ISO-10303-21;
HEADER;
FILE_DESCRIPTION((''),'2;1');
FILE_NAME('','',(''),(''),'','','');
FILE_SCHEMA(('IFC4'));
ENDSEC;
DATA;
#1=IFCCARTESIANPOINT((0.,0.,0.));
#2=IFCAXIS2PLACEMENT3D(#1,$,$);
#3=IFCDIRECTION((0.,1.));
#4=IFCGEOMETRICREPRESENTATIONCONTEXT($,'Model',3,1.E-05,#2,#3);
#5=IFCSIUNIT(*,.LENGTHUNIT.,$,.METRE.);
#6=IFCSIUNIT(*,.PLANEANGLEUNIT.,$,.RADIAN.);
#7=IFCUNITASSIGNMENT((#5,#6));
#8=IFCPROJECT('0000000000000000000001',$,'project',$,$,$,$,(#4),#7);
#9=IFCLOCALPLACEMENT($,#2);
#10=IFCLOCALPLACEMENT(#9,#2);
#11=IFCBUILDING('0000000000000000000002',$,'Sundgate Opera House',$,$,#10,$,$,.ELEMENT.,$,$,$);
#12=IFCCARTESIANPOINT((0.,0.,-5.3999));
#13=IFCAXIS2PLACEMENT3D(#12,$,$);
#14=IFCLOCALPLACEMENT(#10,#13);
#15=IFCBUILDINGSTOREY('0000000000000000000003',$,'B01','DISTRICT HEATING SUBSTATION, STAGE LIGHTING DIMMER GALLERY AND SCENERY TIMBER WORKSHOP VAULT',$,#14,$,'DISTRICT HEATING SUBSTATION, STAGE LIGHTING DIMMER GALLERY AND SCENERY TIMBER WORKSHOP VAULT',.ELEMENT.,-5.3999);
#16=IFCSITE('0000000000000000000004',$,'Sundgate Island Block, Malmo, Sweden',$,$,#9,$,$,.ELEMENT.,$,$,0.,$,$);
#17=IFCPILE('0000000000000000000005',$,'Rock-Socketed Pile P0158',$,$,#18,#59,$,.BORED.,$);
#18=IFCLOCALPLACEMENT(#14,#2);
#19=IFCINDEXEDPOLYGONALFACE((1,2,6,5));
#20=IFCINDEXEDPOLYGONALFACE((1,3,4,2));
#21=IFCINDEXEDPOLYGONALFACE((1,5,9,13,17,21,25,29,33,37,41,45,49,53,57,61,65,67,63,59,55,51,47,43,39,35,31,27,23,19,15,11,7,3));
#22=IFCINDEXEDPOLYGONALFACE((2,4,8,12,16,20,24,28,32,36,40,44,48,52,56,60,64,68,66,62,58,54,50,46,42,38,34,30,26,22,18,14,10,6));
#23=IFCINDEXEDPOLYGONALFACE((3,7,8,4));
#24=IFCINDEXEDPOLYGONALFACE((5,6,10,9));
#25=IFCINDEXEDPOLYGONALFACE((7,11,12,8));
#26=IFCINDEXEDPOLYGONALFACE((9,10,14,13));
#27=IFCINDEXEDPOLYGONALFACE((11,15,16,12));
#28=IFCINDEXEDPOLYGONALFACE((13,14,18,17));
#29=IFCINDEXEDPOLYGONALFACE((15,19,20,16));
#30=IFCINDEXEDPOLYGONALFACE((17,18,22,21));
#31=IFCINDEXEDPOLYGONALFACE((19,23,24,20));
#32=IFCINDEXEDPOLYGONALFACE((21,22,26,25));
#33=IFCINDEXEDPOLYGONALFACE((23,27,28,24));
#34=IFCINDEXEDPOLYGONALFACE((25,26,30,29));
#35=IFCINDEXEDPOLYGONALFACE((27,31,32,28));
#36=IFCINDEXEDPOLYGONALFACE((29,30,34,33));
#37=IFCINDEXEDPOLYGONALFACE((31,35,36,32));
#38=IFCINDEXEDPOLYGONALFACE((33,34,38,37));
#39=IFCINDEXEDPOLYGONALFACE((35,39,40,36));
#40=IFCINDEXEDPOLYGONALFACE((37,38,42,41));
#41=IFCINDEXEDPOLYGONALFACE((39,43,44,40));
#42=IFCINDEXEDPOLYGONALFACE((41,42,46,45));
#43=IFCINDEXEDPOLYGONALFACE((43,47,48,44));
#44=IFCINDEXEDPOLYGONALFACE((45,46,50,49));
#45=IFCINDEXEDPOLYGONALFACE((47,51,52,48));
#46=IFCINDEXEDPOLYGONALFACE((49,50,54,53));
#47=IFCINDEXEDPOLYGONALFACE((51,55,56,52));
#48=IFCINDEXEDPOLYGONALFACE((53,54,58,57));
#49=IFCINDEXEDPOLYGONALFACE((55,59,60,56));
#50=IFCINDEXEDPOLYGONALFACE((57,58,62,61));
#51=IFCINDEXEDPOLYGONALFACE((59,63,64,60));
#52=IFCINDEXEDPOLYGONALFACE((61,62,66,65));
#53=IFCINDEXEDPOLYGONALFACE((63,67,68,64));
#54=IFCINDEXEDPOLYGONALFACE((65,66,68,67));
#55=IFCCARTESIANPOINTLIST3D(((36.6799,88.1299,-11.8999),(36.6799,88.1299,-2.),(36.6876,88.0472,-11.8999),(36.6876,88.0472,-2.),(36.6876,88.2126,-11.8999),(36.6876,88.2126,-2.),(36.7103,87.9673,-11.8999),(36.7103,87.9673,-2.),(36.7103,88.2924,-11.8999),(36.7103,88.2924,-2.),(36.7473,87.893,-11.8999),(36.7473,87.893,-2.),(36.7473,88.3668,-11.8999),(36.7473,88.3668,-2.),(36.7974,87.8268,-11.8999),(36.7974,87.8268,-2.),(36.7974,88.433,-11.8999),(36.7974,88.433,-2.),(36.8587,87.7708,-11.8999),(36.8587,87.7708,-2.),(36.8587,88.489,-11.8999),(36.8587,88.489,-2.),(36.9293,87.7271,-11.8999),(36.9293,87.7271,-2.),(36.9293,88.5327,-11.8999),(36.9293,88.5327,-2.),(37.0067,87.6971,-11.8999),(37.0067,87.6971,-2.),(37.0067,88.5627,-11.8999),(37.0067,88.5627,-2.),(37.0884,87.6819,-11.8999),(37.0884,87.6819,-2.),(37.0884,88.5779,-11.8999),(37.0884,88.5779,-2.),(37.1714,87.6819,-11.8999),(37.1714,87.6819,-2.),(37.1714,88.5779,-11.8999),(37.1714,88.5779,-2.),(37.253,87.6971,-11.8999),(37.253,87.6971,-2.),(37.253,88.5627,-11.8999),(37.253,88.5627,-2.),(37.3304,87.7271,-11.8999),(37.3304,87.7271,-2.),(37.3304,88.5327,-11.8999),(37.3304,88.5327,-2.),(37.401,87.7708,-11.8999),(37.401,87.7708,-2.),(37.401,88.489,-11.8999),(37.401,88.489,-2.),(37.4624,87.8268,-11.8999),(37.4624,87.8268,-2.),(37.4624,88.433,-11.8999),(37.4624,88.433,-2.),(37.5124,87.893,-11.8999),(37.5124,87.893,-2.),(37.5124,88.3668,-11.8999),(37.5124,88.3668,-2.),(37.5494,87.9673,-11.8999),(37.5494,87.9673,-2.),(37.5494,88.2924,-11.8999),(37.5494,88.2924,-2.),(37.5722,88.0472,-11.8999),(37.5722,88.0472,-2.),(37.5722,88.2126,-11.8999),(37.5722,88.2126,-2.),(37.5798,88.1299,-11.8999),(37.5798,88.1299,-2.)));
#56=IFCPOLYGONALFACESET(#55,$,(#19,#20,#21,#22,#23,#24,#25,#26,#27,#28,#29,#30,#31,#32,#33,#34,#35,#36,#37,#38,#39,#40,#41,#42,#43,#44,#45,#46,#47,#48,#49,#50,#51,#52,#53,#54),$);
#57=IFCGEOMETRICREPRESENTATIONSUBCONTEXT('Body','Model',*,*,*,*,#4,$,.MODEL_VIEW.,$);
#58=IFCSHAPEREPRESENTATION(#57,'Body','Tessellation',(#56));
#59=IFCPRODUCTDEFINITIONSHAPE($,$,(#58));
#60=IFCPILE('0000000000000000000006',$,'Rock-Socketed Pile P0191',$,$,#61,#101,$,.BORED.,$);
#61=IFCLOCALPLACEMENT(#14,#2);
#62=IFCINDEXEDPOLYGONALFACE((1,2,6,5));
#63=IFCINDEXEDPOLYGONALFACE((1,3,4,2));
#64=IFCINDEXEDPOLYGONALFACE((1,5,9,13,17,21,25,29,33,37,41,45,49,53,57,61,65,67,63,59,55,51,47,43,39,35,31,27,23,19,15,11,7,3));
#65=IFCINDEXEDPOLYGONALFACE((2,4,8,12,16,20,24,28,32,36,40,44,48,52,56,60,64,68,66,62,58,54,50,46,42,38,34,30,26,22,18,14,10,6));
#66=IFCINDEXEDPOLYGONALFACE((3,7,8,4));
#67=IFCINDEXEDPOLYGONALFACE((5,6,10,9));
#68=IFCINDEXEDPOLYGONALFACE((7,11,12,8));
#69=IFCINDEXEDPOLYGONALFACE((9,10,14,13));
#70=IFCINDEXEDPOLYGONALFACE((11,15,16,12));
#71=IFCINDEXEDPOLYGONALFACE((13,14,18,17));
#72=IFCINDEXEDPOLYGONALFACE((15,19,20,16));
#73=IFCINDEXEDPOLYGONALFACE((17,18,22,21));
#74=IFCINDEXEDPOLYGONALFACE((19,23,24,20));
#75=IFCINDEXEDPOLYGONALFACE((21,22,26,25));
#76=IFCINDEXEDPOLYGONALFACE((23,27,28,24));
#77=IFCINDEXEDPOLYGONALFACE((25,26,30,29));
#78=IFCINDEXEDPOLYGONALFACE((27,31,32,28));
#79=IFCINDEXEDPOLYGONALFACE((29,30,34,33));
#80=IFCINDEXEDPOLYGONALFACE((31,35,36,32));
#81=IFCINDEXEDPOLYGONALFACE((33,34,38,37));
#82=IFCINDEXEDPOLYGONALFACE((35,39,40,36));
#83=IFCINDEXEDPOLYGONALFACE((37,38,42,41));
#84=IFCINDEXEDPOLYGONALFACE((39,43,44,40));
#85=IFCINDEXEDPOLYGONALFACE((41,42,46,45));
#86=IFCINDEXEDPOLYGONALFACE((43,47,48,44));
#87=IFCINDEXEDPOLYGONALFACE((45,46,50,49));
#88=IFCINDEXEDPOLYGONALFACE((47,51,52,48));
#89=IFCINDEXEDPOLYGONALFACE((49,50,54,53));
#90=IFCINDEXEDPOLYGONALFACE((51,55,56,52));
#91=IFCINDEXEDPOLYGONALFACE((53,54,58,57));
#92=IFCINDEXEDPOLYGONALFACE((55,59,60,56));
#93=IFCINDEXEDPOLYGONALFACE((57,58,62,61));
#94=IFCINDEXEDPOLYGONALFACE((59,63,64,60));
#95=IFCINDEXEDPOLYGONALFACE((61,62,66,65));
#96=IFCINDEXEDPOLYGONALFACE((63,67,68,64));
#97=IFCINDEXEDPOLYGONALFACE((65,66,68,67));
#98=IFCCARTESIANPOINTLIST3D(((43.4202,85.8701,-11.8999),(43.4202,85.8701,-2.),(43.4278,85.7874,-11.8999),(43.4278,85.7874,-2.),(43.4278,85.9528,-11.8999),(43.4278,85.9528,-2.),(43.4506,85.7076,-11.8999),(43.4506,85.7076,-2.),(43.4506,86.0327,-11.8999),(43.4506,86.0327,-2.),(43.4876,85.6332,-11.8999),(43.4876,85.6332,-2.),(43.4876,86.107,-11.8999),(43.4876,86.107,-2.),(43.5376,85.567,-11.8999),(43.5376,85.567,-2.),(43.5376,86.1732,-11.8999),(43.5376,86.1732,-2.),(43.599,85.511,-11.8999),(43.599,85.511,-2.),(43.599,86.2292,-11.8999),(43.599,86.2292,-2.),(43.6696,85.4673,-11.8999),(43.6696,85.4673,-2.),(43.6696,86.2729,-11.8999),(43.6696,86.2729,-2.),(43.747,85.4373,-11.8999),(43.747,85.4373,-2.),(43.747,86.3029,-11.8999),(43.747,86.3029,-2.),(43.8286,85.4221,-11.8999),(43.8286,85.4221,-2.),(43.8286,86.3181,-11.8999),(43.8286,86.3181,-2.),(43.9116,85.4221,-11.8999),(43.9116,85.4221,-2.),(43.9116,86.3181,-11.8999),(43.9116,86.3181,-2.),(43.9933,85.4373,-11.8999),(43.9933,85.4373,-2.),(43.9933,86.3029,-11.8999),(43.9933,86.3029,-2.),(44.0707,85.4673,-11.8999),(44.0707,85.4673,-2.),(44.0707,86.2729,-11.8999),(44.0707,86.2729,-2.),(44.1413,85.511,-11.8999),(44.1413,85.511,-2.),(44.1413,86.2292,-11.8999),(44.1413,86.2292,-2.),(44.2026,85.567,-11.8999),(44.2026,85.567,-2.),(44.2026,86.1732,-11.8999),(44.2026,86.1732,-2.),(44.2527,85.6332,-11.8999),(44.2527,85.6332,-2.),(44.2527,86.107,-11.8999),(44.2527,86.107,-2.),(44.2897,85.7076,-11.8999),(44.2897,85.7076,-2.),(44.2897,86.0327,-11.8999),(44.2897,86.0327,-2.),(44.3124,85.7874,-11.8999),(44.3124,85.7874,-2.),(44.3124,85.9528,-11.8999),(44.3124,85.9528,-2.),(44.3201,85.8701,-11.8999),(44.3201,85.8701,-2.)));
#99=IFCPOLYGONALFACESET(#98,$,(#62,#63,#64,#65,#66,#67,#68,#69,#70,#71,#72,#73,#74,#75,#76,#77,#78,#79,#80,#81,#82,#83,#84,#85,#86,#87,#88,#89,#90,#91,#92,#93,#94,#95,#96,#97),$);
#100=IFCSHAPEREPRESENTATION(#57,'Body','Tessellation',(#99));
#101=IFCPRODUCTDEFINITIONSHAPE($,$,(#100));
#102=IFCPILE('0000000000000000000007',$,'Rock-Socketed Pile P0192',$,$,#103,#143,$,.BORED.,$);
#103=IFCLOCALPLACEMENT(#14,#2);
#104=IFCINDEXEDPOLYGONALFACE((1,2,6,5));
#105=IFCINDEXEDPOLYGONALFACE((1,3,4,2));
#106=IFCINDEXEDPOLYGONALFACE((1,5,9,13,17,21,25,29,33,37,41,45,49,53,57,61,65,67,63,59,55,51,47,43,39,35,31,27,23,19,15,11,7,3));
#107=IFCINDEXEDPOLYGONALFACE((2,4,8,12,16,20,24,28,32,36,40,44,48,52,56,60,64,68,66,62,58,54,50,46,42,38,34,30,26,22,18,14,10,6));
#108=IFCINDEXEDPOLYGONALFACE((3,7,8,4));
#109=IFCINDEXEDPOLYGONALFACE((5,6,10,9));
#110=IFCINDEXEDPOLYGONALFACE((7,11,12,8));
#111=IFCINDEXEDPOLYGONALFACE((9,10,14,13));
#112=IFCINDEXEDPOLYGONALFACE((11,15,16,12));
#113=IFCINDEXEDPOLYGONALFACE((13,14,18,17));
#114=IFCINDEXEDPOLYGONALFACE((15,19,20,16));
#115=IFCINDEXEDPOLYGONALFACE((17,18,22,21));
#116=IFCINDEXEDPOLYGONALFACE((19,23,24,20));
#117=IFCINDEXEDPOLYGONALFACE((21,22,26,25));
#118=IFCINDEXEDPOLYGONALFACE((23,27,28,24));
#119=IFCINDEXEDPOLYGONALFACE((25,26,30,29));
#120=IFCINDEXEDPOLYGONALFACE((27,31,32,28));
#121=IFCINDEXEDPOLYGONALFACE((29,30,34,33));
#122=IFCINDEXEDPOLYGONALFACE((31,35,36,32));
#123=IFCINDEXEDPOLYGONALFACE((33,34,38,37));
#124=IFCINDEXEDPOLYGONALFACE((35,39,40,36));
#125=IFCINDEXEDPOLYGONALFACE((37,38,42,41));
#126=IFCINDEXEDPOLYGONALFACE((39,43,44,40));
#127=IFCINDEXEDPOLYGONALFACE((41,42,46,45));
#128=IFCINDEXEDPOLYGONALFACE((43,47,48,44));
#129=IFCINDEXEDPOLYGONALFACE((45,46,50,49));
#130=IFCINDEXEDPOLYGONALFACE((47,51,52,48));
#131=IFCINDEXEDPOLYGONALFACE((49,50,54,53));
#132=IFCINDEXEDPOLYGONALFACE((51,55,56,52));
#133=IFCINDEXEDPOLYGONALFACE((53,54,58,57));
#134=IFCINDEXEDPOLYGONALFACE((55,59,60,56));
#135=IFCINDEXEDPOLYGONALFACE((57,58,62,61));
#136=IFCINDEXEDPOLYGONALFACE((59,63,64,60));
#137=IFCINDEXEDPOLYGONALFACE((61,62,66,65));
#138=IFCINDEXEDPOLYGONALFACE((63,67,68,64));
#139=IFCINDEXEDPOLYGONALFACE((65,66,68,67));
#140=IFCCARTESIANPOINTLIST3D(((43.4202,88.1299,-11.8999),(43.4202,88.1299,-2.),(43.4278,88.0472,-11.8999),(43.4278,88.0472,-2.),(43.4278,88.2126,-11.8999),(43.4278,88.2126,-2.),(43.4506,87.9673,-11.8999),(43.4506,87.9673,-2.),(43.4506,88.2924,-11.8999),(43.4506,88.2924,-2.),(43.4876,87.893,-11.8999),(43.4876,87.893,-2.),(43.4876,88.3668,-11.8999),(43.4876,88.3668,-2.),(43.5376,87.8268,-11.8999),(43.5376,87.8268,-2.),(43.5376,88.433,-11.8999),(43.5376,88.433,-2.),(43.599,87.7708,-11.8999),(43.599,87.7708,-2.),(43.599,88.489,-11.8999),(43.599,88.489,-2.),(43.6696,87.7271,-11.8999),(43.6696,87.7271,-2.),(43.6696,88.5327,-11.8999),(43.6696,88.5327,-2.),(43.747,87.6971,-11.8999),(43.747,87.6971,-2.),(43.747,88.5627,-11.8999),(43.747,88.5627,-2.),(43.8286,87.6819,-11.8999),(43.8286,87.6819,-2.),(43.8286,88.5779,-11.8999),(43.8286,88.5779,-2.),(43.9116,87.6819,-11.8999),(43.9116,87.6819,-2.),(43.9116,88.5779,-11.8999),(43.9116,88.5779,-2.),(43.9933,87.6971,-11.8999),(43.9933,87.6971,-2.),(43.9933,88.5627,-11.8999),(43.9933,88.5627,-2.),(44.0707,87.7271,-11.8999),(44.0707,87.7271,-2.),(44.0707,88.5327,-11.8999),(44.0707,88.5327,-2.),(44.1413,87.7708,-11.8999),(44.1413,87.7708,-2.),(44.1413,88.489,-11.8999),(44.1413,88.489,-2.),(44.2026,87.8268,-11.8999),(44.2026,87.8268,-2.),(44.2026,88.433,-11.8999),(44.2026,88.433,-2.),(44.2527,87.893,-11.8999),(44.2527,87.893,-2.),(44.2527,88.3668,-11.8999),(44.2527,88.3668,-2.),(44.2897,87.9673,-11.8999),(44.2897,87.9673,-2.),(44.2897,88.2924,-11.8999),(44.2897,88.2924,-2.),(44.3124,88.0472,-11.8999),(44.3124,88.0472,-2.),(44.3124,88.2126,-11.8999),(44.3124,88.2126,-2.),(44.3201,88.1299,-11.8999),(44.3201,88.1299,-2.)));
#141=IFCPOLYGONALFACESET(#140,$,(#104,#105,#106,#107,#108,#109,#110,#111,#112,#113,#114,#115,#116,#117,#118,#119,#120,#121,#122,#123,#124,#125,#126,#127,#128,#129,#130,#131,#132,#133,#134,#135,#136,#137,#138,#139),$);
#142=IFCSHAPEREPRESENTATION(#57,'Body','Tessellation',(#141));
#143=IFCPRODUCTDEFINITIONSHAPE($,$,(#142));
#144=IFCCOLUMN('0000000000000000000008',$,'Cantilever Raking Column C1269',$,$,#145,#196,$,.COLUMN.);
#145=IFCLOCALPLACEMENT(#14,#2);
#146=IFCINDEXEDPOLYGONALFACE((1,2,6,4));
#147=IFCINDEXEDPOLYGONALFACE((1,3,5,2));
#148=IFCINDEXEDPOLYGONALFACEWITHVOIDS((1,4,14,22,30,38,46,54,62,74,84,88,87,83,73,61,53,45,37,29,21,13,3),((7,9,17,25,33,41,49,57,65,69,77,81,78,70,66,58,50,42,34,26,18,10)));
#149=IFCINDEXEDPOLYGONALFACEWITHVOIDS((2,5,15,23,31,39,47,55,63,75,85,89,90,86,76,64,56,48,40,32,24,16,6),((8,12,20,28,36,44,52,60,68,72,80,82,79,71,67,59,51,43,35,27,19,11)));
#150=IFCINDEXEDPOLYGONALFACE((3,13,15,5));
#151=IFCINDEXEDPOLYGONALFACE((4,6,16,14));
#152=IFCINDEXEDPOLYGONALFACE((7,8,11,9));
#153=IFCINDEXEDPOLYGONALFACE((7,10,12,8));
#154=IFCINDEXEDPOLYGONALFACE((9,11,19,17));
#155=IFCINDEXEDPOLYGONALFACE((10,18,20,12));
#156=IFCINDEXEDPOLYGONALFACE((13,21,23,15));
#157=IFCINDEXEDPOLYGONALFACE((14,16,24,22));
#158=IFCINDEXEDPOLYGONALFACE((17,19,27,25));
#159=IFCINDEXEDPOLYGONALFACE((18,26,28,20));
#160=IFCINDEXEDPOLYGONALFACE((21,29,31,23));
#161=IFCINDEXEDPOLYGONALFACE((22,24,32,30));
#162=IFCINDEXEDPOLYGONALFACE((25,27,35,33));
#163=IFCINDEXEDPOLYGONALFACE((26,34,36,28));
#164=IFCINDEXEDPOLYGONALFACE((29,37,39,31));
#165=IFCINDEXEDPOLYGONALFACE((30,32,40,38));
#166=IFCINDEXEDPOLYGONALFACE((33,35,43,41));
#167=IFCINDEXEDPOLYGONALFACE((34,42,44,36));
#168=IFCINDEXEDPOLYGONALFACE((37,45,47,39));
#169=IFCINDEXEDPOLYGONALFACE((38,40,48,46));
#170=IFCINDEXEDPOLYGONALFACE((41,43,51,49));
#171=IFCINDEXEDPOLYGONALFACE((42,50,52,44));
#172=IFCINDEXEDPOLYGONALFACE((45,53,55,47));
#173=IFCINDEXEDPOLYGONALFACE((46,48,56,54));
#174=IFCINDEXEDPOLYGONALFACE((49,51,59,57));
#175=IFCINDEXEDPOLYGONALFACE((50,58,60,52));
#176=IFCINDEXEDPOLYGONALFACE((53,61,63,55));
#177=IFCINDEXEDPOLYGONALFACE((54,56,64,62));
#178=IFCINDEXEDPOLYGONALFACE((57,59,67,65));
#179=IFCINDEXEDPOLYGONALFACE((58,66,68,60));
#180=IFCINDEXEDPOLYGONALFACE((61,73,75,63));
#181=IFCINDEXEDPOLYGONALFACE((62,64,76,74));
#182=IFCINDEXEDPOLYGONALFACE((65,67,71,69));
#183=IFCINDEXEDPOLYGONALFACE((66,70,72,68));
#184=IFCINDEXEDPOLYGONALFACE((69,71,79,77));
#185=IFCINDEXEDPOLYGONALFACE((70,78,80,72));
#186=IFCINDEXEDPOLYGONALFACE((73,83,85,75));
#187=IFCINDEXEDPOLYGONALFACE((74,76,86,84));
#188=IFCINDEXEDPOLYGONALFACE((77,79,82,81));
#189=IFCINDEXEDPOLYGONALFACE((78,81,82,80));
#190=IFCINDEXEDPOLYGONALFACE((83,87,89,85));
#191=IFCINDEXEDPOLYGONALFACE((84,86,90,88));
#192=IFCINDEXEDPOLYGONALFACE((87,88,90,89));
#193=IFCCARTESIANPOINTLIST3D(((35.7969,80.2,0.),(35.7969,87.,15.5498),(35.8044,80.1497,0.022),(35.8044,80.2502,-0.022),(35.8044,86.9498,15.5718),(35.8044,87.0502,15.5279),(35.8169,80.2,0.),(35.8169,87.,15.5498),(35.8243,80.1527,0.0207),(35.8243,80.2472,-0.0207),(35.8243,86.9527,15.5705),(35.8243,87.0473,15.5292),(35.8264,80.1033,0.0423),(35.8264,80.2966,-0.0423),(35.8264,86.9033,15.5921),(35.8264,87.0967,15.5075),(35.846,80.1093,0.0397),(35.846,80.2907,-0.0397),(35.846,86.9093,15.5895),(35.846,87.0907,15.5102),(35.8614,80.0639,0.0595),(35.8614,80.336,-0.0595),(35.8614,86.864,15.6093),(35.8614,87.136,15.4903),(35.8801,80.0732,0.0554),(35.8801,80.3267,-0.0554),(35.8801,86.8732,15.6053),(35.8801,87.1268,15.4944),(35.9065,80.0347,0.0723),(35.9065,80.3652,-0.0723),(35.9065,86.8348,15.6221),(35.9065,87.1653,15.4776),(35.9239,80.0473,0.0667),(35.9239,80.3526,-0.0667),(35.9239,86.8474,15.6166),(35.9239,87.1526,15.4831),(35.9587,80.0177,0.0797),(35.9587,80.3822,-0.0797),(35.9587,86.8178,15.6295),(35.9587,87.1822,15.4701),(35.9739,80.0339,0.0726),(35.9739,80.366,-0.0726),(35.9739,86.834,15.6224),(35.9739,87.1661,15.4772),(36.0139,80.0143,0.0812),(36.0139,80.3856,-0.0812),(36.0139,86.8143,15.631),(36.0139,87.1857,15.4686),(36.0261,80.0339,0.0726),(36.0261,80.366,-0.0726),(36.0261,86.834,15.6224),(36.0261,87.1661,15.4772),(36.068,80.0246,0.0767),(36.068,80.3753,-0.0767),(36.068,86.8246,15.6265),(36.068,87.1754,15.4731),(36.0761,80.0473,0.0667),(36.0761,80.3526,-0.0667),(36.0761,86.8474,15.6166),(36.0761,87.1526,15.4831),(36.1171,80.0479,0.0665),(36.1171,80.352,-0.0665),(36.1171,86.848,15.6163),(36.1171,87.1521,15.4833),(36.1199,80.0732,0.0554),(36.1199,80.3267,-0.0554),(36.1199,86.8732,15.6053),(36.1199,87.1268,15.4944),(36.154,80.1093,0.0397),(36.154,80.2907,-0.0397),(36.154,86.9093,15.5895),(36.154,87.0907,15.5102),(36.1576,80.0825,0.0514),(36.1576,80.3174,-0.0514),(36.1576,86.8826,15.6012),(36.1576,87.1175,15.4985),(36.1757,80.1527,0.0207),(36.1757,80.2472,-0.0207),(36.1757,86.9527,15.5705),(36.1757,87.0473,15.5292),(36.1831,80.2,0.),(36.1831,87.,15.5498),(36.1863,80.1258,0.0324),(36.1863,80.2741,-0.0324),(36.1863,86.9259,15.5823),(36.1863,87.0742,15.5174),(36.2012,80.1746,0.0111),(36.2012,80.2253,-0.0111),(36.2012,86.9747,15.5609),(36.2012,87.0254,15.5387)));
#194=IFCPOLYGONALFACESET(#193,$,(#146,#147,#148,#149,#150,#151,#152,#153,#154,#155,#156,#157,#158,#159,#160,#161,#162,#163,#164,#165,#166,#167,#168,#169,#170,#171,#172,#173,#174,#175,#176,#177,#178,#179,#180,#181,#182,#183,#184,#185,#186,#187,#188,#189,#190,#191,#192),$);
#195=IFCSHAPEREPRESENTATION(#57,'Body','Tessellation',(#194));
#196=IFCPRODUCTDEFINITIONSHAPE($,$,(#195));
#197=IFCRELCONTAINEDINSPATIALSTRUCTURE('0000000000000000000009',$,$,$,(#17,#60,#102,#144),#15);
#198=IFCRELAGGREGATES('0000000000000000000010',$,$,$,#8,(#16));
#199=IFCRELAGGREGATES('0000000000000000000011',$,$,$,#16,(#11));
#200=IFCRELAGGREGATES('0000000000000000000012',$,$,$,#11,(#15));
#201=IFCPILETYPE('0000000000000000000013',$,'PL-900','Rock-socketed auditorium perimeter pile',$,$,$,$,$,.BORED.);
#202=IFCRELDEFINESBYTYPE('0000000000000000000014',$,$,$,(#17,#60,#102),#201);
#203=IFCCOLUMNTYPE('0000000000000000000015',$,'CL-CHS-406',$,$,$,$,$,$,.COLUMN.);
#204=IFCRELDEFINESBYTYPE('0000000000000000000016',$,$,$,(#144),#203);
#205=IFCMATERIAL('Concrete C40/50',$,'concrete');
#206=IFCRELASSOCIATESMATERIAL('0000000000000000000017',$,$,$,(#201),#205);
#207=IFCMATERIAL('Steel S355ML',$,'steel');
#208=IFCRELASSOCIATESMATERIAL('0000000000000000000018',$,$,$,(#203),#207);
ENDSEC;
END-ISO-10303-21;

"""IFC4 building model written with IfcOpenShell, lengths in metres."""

from ifc_helpers import new_model, si_unit, direction, frame, origin, origin_2d, place, context, subcontext, project, spatial, circle, hollow_circle, extrude, material, material_profile, profile_set, type_object, element, save


model = new_model("IFC4")

# Units and contexts
model_context = context("Model", 3, precision=1e-05, world=origin(), true_north=direction((0.0, 1.0)))
body_context = subcontext(model_context, "Body", "Model", "MODEL_VIEW")
ifc_project = project(units=[si_unit("LENGTHUNIT", "METRE"), si_unit("PLANEANGLEUNIT", "RADIAN")], contexts=[model_context])

# Site, building, storey
site_placement = place(None, origin())
site = spatial("IfcSite", under=ifc_project, at=site_placement, Name="Sundgate Island Block, Malmo, Sweden", CompositionType="ELEMENT", RefElevation=0.0)
building_placement = place(site_placement, origin())
building = spatial("IfcBuilding", under=site, at=building_placement, Name="Sundgate Opera House", CompositionType="ELEMENT")
storey_placement = place(building_placement, frame((0.0, 0.0, -5.3999)))
storey = spatial("IfcBuildingStorey", under=building, at=storey_placement, Name="B01", Description="DISTRICT HEATING SUBSTATION, STAGE LIGHTING DIMMER GALLERY AND SCENERY TIMBER WORKSHOP VAULT", LongName="DISTRICT HEATING SUBSTATION, STAGE LIGHTING DIMMER GALLERY AND SCENERY TIMBER WORKSHOP VAULT", CompositionType="ELEMENT", Elevation=-5.3999)

# Piles
ifc_material_1 = material(Name="Concrete C40/50", Category="concrete")
ifc_material_profile_1 = material_profile(ifc_material_1, circle(Radius=0.45, at=origin_2d()), Name="PILE D900")
ifc_profile_set_1 = profile_set([ifc_material_profile_1], Name="Concrete C40/50")
pile_type_1 = type_object("IfcPileType", Name="PL-900", Description="Rock-socketed auditorium perimeter pile", PredefinedType="BORED", material=ifc_profile_set_1)
for number, where, z_axis, x_axis, name in (
    (1, (37.1299, 88.1299, -2.0), (0.0, 0.0, -1.0), (1.0, 0.0, 0.0), "Rock-Socketed Pile P0158"),
    (2, (43.8701, 85.8701, -2.0), (0.0, 0.0, -1.0), (1.0, 0.0, 0.0), "Rock-Socketed Pile P0191"),
    (3, (43.8701, 88.1299, -2.0), (0.0, 0.0, -1.0), (1.0, 0.0, 0.0), "Rock-Socketed Pile P0192"),
):
    element("IfcPile", number, at=place(storey_placement, frame(where, z_axis=z_axis, x_axis=x_axis)), inside=storey, type_object=pile_type_1, Name=name, PredefinedType="BORED", context=body_context, shape_type="SweptSolid", body=[
        extrude(circle(Radius=0.45, at=origin_2d()), origin(), (0.0, 0.0, 1.0), 9.8999),
    ])

# Column
ifc_material_2 = material(Name="Steel S355ML", Category="steel")
ifc_material_profile_2 = material_profile(ifc_material_2, hollow_circle(Radius=0.2031, WallThickness=0.02, at=origin_2d()), Name="CHS 406.4x20.0")
ifc_profile_set_2 = profile_set([ifc_material_profile_2], Name="Steel S355ML")
column_type_1 = type_object("IfcColumnType", Name="CL-CHS-406", PredefinedType="COLUMN", material=ifc_profile_set_2)
for number, where, z_axis, x_axis, name in (
    (4, (36.0, 80.2, 0.0), (0.0, 0.400671, 0.916222), (-1.0, 0.0, 0.0), "Cantilever Raking Column C1269"),
):
    element("IfcColumn", number, at=place(storey_placement, frame(where, z_axis=z_axis, x_axis=x_axis)), inside=storey, type_object=column_type_1, Name=name, PredefinedType="COLUMN", context=body_context, shape_type="SweptSolid", body=[
        extrude(hollow_circle(Radius=0.2031, WallThickness=0.02, at=origin_2d()), origin(), (0.0, 0.0, 1.0), 16.9717),
    ])

save(model, "model.ifc")
